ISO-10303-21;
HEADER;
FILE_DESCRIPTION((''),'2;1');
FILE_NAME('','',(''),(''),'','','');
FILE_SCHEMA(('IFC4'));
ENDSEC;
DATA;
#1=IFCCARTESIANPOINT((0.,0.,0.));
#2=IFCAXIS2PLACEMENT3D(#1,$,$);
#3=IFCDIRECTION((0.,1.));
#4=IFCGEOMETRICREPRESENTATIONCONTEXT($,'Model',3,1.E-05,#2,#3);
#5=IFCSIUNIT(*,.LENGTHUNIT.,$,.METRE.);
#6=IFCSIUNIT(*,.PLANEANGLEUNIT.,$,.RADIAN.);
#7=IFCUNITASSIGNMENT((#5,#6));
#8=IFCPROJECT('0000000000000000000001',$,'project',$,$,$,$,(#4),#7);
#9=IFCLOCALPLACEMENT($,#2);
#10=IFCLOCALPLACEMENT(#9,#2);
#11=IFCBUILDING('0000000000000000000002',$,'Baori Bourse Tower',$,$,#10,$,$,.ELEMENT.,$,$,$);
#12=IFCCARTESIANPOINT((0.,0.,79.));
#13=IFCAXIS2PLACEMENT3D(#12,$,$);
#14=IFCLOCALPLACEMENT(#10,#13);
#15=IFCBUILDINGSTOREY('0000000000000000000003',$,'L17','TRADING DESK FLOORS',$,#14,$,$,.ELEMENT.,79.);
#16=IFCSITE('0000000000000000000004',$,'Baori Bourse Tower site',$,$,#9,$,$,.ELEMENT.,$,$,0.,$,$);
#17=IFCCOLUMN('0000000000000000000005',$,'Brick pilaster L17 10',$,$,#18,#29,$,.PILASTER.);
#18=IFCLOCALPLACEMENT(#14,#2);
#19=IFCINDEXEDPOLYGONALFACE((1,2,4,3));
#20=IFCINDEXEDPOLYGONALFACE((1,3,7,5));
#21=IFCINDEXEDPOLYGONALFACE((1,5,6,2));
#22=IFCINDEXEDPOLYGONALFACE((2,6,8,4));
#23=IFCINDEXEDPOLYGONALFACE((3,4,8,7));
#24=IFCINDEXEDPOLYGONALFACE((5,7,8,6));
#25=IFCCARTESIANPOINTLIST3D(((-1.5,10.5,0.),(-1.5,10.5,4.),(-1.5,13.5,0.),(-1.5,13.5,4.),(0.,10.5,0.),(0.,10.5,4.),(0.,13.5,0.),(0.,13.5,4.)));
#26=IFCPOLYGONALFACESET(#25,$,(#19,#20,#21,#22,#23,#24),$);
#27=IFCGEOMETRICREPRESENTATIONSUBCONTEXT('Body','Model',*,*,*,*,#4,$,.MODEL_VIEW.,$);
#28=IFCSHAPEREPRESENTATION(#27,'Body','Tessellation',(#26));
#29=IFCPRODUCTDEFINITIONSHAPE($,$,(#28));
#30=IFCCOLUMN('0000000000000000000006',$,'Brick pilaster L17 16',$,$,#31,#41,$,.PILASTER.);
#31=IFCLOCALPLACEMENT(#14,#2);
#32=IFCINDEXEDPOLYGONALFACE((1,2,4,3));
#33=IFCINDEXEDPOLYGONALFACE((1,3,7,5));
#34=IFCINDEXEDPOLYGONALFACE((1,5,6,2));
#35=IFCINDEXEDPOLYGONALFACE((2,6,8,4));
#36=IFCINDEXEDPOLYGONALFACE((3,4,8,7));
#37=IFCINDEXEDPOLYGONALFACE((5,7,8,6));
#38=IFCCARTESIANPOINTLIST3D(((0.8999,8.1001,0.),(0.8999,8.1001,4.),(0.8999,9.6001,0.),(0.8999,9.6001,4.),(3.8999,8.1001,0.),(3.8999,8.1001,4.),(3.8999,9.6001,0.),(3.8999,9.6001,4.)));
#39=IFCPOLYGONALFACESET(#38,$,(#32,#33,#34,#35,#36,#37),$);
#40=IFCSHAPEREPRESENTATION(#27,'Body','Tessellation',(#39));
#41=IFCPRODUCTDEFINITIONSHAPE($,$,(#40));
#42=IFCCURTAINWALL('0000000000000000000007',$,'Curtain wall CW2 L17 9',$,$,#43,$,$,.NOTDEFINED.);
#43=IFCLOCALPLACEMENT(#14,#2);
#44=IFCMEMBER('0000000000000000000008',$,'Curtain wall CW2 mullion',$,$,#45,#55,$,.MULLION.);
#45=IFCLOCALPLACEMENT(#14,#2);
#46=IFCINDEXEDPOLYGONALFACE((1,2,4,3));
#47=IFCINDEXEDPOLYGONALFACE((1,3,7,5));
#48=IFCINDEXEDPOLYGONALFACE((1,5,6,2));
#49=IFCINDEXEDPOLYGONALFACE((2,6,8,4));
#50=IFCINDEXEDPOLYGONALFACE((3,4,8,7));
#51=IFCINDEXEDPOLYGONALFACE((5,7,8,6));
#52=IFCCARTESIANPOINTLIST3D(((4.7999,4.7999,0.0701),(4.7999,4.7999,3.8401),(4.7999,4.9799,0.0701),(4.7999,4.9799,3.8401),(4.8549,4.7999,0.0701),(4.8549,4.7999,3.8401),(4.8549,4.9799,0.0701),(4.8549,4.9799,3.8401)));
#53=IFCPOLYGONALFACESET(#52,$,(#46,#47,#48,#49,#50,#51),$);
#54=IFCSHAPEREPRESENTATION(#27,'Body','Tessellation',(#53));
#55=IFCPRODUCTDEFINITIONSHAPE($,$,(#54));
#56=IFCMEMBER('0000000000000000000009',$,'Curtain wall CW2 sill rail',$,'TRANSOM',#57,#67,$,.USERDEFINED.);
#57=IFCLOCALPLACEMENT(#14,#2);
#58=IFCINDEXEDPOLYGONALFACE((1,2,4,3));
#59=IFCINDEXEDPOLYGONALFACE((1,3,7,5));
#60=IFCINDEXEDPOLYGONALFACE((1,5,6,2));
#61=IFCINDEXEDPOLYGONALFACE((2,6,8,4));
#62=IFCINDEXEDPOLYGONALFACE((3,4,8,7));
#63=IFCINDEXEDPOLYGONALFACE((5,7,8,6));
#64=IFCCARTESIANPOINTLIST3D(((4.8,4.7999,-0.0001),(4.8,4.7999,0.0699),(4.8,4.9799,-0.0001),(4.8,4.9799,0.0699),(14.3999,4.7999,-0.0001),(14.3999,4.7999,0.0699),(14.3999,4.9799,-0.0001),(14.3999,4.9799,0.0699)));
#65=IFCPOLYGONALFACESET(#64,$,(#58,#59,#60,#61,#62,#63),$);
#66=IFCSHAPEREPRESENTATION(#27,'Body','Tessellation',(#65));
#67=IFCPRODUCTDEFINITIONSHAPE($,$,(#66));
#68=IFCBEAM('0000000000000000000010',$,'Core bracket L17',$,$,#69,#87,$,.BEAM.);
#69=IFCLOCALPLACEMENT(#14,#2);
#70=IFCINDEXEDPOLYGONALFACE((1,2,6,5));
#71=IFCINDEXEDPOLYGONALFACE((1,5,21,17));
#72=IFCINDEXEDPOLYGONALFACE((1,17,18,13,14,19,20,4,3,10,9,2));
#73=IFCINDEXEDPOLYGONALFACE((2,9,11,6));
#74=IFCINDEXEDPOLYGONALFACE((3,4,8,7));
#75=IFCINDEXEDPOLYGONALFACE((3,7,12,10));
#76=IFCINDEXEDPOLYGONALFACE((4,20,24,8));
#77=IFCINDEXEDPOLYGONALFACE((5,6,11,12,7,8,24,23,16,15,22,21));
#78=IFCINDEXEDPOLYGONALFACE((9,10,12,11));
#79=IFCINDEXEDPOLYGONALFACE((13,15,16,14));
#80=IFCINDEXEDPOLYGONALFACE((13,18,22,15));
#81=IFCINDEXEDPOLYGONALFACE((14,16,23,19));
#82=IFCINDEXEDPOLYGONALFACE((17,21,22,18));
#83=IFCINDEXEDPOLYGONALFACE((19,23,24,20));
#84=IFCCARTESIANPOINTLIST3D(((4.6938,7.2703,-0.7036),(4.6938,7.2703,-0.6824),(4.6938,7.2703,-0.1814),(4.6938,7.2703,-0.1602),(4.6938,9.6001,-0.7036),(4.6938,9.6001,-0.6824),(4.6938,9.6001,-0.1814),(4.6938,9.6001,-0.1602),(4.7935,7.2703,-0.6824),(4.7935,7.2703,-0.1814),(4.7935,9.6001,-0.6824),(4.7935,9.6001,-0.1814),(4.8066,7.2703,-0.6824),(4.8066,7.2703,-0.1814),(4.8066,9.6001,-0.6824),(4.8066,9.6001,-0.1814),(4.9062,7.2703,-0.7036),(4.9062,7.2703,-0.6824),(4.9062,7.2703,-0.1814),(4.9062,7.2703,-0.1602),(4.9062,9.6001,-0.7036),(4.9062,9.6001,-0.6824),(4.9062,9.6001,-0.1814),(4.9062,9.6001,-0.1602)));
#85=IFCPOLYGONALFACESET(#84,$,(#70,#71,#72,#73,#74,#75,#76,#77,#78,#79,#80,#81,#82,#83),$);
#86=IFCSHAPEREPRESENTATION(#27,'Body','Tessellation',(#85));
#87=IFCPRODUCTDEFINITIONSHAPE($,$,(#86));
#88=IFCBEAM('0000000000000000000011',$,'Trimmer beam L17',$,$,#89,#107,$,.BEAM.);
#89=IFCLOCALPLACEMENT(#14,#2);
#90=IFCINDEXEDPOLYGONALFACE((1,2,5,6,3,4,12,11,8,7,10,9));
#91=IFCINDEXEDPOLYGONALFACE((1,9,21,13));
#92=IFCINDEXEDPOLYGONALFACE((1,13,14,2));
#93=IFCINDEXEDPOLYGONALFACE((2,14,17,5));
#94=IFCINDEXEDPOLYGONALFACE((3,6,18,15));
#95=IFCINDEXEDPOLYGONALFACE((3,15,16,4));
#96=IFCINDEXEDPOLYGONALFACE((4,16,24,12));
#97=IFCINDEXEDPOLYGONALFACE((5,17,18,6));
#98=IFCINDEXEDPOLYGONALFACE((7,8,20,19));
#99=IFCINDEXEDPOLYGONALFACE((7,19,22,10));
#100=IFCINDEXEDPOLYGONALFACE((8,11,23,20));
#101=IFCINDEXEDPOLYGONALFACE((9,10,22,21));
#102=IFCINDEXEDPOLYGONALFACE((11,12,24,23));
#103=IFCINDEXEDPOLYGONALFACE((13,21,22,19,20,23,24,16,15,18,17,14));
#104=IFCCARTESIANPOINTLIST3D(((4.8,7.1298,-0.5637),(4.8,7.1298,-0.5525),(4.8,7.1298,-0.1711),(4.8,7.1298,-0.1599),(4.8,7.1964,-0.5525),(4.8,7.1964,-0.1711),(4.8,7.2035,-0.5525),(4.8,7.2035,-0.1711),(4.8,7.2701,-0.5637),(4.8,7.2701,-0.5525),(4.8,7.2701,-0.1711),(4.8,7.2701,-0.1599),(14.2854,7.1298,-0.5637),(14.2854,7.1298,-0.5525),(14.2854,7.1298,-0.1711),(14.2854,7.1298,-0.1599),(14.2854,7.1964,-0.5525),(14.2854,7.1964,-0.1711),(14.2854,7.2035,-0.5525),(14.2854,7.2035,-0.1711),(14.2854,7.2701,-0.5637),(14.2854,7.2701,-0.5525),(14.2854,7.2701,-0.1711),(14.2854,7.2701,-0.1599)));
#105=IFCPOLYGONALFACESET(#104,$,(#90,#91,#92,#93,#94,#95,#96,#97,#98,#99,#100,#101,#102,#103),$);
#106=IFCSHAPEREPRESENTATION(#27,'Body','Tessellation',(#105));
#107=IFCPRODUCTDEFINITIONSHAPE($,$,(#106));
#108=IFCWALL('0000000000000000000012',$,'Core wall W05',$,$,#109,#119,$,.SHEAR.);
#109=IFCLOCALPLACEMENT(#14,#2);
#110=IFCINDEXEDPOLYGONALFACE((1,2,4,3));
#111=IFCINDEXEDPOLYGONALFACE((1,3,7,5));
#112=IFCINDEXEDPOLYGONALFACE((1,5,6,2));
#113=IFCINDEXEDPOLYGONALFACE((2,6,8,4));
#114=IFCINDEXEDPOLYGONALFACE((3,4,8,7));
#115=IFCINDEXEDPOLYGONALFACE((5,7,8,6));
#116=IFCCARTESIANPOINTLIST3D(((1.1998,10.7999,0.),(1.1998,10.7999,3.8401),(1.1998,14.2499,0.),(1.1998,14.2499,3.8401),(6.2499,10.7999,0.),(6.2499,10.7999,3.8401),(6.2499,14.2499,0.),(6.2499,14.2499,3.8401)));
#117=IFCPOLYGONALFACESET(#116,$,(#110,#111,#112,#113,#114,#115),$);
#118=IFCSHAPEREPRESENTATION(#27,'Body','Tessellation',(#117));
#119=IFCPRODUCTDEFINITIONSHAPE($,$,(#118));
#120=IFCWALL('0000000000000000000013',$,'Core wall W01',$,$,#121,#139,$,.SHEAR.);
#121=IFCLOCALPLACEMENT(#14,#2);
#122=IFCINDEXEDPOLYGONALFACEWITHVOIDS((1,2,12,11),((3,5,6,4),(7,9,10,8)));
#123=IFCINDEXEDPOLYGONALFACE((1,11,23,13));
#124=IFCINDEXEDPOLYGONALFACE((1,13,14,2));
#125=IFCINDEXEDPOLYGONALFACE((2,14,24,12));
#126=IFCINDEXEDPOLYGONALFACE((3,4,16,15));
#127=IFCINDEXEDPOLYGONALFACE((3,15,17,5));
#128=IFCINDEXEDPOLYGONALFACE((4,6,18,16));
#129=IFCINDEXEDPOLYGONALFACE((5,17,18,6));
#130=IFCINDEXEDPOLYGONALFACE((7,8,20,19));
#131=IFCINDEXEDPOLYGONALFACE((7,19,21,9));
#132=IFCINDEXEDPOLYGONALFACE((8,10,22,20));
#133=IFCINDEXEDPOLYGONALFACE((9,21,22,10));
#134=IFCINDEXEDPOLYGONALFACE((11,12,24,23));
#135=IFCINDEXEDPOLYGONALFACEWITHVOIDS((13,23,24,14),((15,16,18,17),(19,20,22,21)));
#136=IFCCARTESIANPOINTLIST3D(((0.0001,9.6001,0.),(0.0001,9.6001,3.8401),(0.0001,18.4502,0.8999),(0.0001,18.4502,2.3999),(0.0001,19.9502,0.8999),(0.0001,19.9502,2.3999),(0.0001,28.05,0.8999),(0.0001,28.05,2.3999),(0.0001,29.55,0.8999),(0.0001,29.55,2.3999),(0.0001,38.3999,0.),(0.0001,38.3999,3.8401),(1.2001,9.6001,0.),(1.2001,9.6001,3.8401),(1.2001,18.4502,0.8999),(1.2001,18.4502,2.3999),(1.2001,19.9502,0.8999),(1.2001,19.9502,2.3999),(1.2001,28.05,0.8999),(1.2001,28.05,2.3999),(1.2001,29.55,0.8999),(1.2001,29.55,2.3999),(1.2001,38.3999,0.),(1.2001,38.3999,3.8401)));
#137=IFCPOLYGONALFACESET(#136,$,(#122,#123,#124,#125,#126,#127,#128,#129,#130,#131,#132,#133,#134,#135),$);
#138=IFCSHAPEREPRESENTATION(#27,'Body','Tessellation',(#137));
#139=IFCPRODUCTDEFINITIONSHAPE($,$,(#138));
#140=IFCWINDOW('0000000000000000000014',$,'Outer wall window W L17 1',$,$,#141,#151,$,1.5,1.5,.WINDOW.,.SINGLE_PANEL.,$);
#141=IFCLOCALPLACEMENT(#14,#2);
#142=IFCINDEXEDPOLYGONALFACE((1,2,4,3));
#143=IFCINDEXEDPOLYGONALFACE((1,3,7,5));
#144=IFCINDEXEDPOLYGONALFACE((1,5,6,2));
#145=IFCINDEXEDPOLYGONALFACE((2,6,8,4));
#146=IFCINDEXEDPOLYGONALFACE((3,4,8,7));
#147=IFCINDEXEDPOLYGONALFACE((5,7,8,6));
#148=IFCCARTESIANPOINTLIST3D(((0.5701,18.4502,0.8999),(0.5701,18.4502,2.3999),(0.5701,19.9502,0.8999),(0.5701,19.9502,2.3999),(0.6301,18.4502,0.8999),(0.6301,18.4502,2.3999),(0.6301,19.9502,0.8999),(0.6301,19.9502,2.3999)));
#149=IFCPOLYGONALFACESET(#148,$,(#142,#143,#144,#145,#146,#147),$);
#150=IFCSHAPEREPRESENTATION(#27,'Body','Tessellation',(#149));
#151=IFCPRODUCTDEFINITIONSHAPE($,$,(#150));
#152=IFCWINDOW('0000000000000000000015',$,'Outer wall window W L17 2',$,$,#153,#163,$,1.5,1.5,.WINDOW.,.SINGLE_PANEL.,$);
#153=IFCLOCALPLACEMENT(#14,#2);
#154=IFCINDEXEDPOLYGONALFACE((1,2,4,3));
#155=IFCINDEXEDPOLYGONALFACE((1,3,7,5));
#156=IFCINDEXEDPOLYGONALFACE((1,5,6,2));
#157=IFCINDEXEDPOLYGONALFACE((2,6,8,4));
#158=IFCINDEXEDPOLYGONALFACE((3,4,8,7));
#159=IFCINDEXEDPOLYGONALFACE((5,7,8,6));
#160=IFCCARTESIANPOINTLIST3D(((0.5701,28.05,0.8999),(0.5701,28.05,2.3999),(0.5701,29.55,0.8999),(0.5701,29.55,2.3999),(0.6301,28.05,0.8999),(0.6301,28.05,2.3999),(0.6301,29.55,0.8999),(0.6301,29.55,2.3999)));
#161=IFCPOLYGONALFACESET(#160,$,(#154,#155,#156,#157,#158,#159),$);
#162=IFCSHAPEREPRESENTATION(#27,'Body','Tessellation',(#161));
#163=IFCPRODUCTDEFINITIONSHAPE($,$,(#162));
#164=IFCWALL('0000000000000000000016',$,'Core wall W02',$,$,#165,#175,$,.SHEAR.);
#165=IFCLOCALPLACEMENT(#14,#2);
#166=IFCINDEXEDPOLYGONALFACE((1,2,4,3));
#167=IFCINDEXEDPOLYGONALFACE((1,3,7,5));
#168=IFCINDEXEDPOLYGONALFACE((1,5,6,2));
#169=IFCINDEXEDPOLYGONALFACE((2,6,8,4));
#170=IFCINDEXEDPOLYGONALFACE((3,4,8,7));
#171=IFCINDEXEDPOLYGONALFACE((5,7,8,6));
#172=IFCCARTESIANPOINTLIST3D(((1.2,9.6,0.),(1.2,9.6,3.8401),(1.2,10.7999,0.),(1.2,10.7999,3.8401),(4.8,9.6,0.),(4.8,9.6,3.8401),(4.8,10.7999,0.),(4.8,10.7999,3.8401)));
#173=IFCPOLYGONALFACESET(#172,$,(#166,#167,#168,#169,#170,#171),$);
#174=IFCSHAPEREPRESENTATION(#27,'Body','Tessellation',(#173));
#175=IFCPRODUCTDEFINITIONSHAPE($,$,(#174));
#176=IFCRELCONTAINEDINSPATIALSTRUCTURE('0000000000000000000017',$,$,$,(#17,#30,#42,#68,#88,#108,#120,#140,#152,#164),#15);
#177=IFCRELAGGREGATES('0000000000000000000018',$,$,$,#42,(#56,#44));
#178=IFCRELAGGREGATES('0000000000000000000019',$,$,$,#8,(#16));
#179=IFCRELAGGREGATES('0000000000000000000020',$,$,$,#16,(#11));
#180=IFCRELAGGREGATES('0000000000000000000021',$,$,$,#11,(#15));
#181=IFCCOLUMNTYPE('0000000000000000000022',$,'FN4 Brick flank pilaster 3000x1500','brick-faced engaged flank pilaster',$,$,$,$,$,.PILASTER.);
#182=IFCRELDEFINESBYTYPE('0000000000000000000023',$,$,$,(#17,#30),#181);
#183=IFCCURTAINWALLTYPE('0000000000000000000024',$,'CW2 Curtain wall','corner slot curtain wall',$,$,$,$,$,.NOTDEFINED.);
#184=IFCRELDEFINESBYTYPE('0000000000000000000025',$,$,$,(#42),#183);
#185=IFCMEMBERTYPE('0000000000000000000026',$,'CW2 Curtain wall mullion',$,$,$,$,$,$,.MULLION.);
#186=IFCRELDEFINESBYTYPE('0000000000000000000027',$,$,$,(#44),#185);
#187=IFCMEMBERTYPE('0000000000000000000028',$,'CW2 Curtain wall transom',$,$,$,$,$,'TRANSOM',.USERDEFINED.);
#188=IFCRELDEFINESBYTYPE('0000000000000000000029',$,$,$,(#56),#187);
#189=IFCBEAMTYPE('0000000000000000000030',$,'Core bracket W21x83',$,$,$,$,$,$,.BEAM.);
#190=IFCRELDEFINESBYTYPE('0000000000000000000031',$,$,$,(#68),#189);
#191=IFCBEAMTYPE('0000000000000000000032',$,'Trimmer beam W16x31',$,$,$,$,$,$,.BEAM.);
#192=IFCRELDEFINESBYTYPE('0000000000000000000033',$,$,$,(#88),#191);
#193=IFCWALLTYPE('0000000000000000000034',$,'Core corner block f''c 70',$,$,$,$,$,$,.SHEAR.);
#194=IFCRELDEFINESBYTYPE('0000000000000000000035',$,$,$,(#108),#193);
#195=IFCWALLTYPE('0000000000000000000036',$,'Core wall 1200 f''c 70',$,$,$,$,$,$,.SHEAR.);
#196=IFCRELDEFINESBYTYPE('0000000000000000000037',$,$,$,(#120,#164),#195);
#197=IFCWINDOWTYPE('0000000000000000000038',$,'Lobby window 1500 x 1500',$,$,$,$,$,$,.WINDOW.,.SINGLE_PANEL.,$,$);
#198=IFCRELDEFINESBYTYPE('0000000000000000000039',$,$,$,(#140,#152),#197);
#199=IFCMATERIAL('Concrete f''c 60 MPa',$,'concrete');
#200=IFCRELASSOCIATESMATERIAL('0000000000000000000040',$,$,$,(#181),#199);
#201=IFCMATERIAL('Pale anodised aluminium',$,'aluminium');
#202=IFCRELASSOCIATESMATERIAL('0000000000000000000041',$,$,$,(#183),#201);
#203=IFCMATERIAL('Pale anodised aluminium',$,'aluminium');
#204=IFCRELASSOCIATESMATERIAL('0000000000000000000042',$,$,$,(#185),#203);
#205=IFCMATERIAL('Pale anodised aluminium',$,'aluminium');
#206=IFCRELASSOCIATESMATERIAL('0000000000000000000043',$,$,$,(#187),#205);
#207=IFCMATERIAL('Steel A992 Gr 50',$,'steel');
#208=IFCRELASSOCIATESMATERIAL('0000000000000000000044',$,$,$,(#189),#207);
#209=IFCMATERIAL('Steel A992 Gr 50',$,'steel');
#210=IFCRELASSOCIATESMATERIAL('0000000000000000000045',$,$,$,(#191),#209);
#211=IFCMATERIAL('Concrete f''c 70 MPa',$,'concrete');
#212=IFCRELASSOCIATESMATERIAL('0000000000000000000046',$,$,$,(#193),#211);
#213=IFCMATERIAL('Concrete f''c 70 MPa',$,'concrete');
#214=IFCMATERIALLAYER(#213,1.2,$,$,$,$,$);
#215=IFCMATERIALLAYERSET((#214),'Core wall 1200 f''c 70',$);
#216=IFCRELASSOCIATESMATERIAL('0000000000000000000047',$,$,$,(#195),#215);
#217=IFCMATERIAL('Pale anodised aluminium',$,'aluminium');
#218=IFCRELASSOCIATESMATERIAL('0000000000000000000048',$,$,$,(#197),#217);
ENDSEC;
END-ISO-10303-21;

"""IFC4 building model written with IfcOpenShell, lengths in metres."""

from ifc_helpers import new_model, si_unit, direction, frame, frame_2d, origin, origin_2d, place, context, subcontext, project, spatial, rectangle, i_section, extrude, material, layer, layer_set, material_profile, profile_set, type_object, element, fill, aggregate, save


model = new_model("IFC4")

# Units and contexts
model_context = context("Model", 3, precision=1e-05, world=origin(), true_north=direction((0.0, 1.0)))
body_context = subcontext(model_context, "Body", "Model", "MODEL_VIEW")
ifc_project = project(units=[si_unit("LENGTHUNIT", "METRE"), si_unit("PLANEANGLEUNIT", "RADIAN")], contexts=[model_context])

# Site, building, storey
site_placement = place(None, origin())
site = spatial("IfcSite", under=ifc_project, at=site_placement, Name="Baori Bourse Tower site", CompositionType="ELEMENT", RefElevation=0.0)
building_placement = place(site_placement, origin())
building = spatial("IfcBuilding", under=site, at=building_placement, Name="Baori Bourse Tower", CompositionType="ELEMENT")
storey_placement = place(building_placement, frame((0.0, 0.0, 79.0)))
storey = spatial("IfcBuildingStorey", under=building, at=storey_placement, Name="L17", Description="TRADING DESK FLOORS", CompositionType="ELEMENT", Elevation=79.0)

# Columns
ifc_material_1 = material(Name="Concrete f'c 60 MPa", Category="concrete")
ifc_material_profile_1 = material_profile(ifc_material_1, rectangle(XDim=3.0, YDim=1.5, at=origin_2d()), Name="RC 3000x1500")
ifc_profile_set_1 = profile_set([ifc_material_profile_1], Name="Concrete f'c 60 MPa")
column_type = type_object("IfcColumnType", Name="FN4 Brick flank pilaster 3000x1500", Description="brick-faced engaged flank pilaster", PredefinedType="PILASTER", material=ifc_profile_set_1)
for number, where, z_axis, x_axis, name in (
    (1, (-0.75, 12.0, 0.0), (0.0, 0.0, 1.0), (0.0, 1.0, 0.0), "Brick pilaster L17 10"),
    (2, (2.3999, 8.8501, 0.0), (0.0, 0.0, 1.0), (1.0, 0.0, 0.0), "Brick pilaster L17 16"),
):
    element("IfcColumn", number, at=place(storey_placement, frame(where, z_axis=z_axis, x_axis=x_axis)), inside=storey, type_object=column_type, Name=name, PredefinedType="PILASTER", context=body_context, shape_type="SweptSolid", body=[
        extrude(rectangle(XDim=3.0, YDim=1.5, at=origin_2d()), origin(), (0.0, 0.0, 1.0), 4.0),
    ])

# Curtain wall, members
ifc_material_2 = material(Name="Pale anodised aluminium", Category="aluminium")
curtain_wall_type = type_object("IfcCurtainWallType", Name="CW2 Curtain wall", Description="corner slot curtain wall", PredefinedType="NOTDEFINED", material=ifc_material_2)
curtain_wall_placement = place(storey_placement, origin())
curtain_wall = element("IfcCurtainWall", 3, at=curtain_wall_placement, inside=storey, type_object=curtain_wall_type, Name="Curtain wall CW2 L17 9", PredefinedType="NOTDEFINED")
ifc_material_3 = material(Name="Pale anodised aluminium", Category="aluminium")
ifc_material_profile_2 = material_profile(ifc_material_3, rectangle(XDim=0.1799, YDim=0.0549, at=origin_2d()), Name="Mullion 55x180")
ifc_profile_set_2 = profile_set([ifc_material_profile_2], Name="Pale anodised aluminium")
member_type_1 = type_object("IfcMemberType", Name="CW2 Curtain wall mullion", PredefinedType="MULLION", material=ifc_profile_set_2)
member_1_placement = place(storey_placement, frame((4.8274, 4.8899, 0.0701), z_axis=(0.0, 0.0, 1.0), x_axis=(0.0, 1.0, 0.0)))
member_1 = element("IfcMember", 4, at=member_1_placement, type_object=member_type_1, Name="Curtain wall CW2 mullion", PredefinedType="MULLION", context=body_context, shape_type="SweptSolid", body=[
    extrude(rectangle(XDim=0.1799, YDim=0.0549, at=origin_2d()), origin(), (0.0, 0.0, 1.0), 3.77),
])
ifc_material_4 = material(Name="Pale anodised aluminium", Category="aluminium")
ifc_material_profile_3 = material_profile(ifc_material_4, rectangle(XDim=0.1799, YDim=0.0701, at=origin_2d()), Name="Transom 70x180")
ifc_profile_set_3 = profile_set([ifc_material_profile_3], Name="Pale anodised aluminium")
member_type_2 = type_object("IfcMemberType", Name="CW2 Curtain wall transom", ElementType="TRANSOM", PredefinedType="USERDEFINED", material=ifc_profile_set_3)
member_2_placement = place(storey_placement, frame((4.8, 4.8899, 0.0349), z_axis=(1.0, 0.0, 0.0), x_axis=(0.0, 1.0, 0.0)))
member_2 = element("IfcMember", 5, at=member_2_placement, type_object=member_type_2, Name="Curtain wall CW2 sill rail", ObjectType="TRANSOM", PredefinedType="USERDEFINED", context=body_context, shape_type="SweptSolid", body=[
    extrude(rectangle(XDim=0.1799, YDim=0.0701, at=origin_2d()), origin(), (0.0, 0.0, 1.0), 9.5999),
])
aggregate(curtain_wall, [member_2, member_1])

# Beams
ifc_material_5 = material(Name="Steel A992 Gr 50", Category="steel")
ifc_material_profile_4 = material_profile(ifc_material_5, i_section(OverallWidth=0.2124, OverallDepth=0.5435, WebThickness=0.0132, FlangeThickness=0.0212, at=origin_2d()), Name="W21x83")
ifc_profile_set_4 = profile_set([ifc_material_profile_4], Name="Steel A992 Gr 50")
beam_type_1 = type_object("IfcBeamType", Name="Core bracket W21x83", PredefinedType="BEAM", material=ifc_profile_set_4)
beam_1_placement = place(storey_placement, frame((4.8, 7.2703, -0.4319), z_axis=(0.0, 1.0, 0.0), x_axis=(-1.0, 0.0, 0.0)))
element("IfcBeam", 6, at=beam_1_placement, inside=storey, type_object=beam_type_1, Name="Core bracket L17", PredefinedType="BEAM", context=body_context, shape_type="SweptSolid", body=[
    extrude(i_section(OverallWidth=0.2124, OverallDepth=0.5435, WebThickness=0.0132, FlangeThickness=0.0212, at=origin_2d()), origin(), (0.0, 0.0, 1.0), 2.3298),
])
ifc_material_6 = material(Name="Steel A992 Gr 50", Category="steel")
ifc_material_profile_5 = material_profile(ifc_material_6, i_section(OverallWidth=0.1404, OverallDepth=0.4038, WebThickness=0.0071, FlangeThickness=0.0112, at=origin_2d()), Name="W16x31")
ifc_profile_set_5 = profile_set([ifc_material_profile_5], Name="Steel A992 Gr 50")
beam_type_2 = type_object("IfcBeamType", Name="Trimmer beam W16x31", PredefinedType="BEAM", material=ifc_profile_set_5)
beam_2_placement = place(storey_placement, frame((4.8, 7.2, -0.3618), z_axis=(1.0, 0.0, 0.0), x_axis=(0.0, 1.0, 0.0)))
element("IfcBeam", 7, at=beam_2_placement, inside=storey, type_object=beam_type_2, Name="Trimmer beam L17", PredefinedType="BEAM", context=body_context, shape_type="SweptSolid", body=[
    extrude(i_section(OverallWidth=0.1404, OverallDepth=0.4038, WebThickness=0.0071, FlangeThickness=0.0112, at=origin_2d()), origin(), (0.0, 0.0, 1.0), 9.4854),
])

# Wall
ifc_material_7 = material(Name="Concrete f'c 70 MPa", Category="concrete")
wall_type_1 = type_object("IfcWallType", Name="Core corner block f'c 70", PredefinedType="SHEAR", material=ifc_material_7)
wall_1_placement = place(storey_placement, frame((1.2, 12.5249, 0.0), z_axis=(0.0, 0.0, 1.0), x_axis=(1.0, 0.0, 0.0)))
element("IfcWall", 8, at=wall_1_placement, inside=storey, type_object=wall_type_1, Name="Core wall W05", PredefinedType="SHEAR", context=body_context, shape_type="SweptSolid", body=[
    extrude(rectangle(XDim=5.05, YDim=3.45, at=frame_2d((2.5249, 0.0))), origin(), (0.0, 0.0, 1.0), 3.8401),
])

# Wall, openings, windows
ifc_material_8 = material(Name="Concrete f'c 70 MPa", Category="concrete")
ifc_layer_1 = layer(ifc_material_8, 1.2)
ifc_layer_set_1 = layer_set([ifc_layer_1], Name="Core wall 1200 f'c 70")
wall_type_2 = type_object("IfcWallType", Name="Core wall 1200 f'c 70", PredefinedType="SHEAR", material=ifc_layer_set_1)
wall_2_placement = place(storey_placement, frame((0.6001, 9.6001, 0.0), z_axis=(0.0, 0.0, 1.0), x_axis=(0.0, 1.0, 0.0)))
wall_2 = element("IfcWall", 9, at=wall_2_placement, inside=storey, type_object=wall_type_2, Name="Core wall W01", PredefinedType="SHEAR", context=body_context, shape_type="SweptSolid", body=[
    extrude(rectangle(XDim=28.7998, YDim=1.2, at=frame_2d((14.3999, 0.0))), origin(), (0.0, 0.0, 1.0), 3.8401),
])
opening_1_placement = place(wall_2_placement, frame((8.8501, 0.0, 0.8999)))
opening_1 = element("IfcOpeningElement", 10, at=opening_1_placement, cuts=wall_2, PredefinedType="OPENING", context=body_context, shape_type="SweptSolid", body=[
    extrude(rectangle(XDim=1.5, YDim=1.5, at=frame_2d((0.75, 0.75))), frame((0.0, 0.6099, 0.0), z_axis=(0.0, -1.0, 0.0), x_axis=(1.0, 0.0, 0.0)), (0.0, 0.0, 1.0), 1.22),
])
opening_2_placement = place(wall_2_placement, frame((18.45, 0.0, 0.8999)))
opening_2 = element("IfcOpeningElement", 11, at=opening_2_placement, cuts=wall_2, PredefinedType="OPENING", context=body_context, shape_type="SweptSolid", body=[
    extrude(rectangle(XDim=1.5, YDim=1.5, at=frame_2d((0.75, 0.75))), frame((0.0, 0.6099, 0.0), z_axis=(0.0, -1.0, 0.0), x_axis=(1.0, 0.0, 0.0)), (0.0, 0.0, 1.0), 1.22),
])
ifc_material_9 = material(Name="Pale anodised aluminium", Category="aluminium")
window_type = type_object("IfcWindowType", Name="Lobby window 1500 x 1500", PartitioningType="SINGLE_PANEL", PredefinedType="WINDOW", material=ifc_material_9)
window_1_placement = place(opening_1_placement, origin())
window_1 = element("IfcWindow", 12, at=window_1_placement, inside=storey, type_object=window_type, Name="Outer wall window W L17 1", OverallHeight=1.5, OverallWidth=1.5, PartitioningType="SINGLE_PANEL", PredefinedType="WINDOW", context=body_context, shape_type="SweptSolid", body=[
    extrude(rectangle(XDim=1.5, YDim=1.5, at=frame_2d((0.75, 0.75))), frame((0.0, 0.03, 0.0), z_axis=(0.0, -1.0, 0.0), x_axis=(1.0, 0.0, 0.0)), (0.0, 0.0, 1.0), 0.0601),
])
fill(opening_1, window_1)
window_2_placement = place(opening_2_placement, origin())
window_2 = element("IfcWindow", 13, at=window_2_placement, inside=storey, type_object=window_type, Name="Outer wall window W L17 2", OverallHeight=1.5, OverallWidth=1.5, PartitioningType="SINGLE_PANEL", PredefinedType="WINDOW", context=body_context, shape_type="SweptSolid", body=[
    extrude(rectangle(XDim=1.5, YDim=1.5, at=frame_2d((0.75, 0.75))), frame((0.0, 0.03, 0.0), z_axis=(0.0, -1.0, 0.0), x_axis=(1.0, 0.0, 0.0)), (0.0, 0.0, 1.0), 0.0601),
])
fill(opening_2, window_2)

# Wall
wall_3_placement = place(storey_placement, frame((4.8, 10.2, 0.0), z_axis=(0.0, 0.0, 1.0), x_axis=(-1.0, 0.0, 0.0)))
element("IfcWall", 14, at=wall_3_placement, inside=storey, type_object=wall_type_2, Name="Core wall W02", PredefinedType="SHEAR", context=body_context, shape_type="SweptSolid", body=[
    extrude(rectangle(XDim=3.6001, YDim=1.2, at=frame_2d((1.8, 0.0))), origin(), (0.0, 0.0, 1.0), 3.8401),
])

save(model, "model.ifc")
